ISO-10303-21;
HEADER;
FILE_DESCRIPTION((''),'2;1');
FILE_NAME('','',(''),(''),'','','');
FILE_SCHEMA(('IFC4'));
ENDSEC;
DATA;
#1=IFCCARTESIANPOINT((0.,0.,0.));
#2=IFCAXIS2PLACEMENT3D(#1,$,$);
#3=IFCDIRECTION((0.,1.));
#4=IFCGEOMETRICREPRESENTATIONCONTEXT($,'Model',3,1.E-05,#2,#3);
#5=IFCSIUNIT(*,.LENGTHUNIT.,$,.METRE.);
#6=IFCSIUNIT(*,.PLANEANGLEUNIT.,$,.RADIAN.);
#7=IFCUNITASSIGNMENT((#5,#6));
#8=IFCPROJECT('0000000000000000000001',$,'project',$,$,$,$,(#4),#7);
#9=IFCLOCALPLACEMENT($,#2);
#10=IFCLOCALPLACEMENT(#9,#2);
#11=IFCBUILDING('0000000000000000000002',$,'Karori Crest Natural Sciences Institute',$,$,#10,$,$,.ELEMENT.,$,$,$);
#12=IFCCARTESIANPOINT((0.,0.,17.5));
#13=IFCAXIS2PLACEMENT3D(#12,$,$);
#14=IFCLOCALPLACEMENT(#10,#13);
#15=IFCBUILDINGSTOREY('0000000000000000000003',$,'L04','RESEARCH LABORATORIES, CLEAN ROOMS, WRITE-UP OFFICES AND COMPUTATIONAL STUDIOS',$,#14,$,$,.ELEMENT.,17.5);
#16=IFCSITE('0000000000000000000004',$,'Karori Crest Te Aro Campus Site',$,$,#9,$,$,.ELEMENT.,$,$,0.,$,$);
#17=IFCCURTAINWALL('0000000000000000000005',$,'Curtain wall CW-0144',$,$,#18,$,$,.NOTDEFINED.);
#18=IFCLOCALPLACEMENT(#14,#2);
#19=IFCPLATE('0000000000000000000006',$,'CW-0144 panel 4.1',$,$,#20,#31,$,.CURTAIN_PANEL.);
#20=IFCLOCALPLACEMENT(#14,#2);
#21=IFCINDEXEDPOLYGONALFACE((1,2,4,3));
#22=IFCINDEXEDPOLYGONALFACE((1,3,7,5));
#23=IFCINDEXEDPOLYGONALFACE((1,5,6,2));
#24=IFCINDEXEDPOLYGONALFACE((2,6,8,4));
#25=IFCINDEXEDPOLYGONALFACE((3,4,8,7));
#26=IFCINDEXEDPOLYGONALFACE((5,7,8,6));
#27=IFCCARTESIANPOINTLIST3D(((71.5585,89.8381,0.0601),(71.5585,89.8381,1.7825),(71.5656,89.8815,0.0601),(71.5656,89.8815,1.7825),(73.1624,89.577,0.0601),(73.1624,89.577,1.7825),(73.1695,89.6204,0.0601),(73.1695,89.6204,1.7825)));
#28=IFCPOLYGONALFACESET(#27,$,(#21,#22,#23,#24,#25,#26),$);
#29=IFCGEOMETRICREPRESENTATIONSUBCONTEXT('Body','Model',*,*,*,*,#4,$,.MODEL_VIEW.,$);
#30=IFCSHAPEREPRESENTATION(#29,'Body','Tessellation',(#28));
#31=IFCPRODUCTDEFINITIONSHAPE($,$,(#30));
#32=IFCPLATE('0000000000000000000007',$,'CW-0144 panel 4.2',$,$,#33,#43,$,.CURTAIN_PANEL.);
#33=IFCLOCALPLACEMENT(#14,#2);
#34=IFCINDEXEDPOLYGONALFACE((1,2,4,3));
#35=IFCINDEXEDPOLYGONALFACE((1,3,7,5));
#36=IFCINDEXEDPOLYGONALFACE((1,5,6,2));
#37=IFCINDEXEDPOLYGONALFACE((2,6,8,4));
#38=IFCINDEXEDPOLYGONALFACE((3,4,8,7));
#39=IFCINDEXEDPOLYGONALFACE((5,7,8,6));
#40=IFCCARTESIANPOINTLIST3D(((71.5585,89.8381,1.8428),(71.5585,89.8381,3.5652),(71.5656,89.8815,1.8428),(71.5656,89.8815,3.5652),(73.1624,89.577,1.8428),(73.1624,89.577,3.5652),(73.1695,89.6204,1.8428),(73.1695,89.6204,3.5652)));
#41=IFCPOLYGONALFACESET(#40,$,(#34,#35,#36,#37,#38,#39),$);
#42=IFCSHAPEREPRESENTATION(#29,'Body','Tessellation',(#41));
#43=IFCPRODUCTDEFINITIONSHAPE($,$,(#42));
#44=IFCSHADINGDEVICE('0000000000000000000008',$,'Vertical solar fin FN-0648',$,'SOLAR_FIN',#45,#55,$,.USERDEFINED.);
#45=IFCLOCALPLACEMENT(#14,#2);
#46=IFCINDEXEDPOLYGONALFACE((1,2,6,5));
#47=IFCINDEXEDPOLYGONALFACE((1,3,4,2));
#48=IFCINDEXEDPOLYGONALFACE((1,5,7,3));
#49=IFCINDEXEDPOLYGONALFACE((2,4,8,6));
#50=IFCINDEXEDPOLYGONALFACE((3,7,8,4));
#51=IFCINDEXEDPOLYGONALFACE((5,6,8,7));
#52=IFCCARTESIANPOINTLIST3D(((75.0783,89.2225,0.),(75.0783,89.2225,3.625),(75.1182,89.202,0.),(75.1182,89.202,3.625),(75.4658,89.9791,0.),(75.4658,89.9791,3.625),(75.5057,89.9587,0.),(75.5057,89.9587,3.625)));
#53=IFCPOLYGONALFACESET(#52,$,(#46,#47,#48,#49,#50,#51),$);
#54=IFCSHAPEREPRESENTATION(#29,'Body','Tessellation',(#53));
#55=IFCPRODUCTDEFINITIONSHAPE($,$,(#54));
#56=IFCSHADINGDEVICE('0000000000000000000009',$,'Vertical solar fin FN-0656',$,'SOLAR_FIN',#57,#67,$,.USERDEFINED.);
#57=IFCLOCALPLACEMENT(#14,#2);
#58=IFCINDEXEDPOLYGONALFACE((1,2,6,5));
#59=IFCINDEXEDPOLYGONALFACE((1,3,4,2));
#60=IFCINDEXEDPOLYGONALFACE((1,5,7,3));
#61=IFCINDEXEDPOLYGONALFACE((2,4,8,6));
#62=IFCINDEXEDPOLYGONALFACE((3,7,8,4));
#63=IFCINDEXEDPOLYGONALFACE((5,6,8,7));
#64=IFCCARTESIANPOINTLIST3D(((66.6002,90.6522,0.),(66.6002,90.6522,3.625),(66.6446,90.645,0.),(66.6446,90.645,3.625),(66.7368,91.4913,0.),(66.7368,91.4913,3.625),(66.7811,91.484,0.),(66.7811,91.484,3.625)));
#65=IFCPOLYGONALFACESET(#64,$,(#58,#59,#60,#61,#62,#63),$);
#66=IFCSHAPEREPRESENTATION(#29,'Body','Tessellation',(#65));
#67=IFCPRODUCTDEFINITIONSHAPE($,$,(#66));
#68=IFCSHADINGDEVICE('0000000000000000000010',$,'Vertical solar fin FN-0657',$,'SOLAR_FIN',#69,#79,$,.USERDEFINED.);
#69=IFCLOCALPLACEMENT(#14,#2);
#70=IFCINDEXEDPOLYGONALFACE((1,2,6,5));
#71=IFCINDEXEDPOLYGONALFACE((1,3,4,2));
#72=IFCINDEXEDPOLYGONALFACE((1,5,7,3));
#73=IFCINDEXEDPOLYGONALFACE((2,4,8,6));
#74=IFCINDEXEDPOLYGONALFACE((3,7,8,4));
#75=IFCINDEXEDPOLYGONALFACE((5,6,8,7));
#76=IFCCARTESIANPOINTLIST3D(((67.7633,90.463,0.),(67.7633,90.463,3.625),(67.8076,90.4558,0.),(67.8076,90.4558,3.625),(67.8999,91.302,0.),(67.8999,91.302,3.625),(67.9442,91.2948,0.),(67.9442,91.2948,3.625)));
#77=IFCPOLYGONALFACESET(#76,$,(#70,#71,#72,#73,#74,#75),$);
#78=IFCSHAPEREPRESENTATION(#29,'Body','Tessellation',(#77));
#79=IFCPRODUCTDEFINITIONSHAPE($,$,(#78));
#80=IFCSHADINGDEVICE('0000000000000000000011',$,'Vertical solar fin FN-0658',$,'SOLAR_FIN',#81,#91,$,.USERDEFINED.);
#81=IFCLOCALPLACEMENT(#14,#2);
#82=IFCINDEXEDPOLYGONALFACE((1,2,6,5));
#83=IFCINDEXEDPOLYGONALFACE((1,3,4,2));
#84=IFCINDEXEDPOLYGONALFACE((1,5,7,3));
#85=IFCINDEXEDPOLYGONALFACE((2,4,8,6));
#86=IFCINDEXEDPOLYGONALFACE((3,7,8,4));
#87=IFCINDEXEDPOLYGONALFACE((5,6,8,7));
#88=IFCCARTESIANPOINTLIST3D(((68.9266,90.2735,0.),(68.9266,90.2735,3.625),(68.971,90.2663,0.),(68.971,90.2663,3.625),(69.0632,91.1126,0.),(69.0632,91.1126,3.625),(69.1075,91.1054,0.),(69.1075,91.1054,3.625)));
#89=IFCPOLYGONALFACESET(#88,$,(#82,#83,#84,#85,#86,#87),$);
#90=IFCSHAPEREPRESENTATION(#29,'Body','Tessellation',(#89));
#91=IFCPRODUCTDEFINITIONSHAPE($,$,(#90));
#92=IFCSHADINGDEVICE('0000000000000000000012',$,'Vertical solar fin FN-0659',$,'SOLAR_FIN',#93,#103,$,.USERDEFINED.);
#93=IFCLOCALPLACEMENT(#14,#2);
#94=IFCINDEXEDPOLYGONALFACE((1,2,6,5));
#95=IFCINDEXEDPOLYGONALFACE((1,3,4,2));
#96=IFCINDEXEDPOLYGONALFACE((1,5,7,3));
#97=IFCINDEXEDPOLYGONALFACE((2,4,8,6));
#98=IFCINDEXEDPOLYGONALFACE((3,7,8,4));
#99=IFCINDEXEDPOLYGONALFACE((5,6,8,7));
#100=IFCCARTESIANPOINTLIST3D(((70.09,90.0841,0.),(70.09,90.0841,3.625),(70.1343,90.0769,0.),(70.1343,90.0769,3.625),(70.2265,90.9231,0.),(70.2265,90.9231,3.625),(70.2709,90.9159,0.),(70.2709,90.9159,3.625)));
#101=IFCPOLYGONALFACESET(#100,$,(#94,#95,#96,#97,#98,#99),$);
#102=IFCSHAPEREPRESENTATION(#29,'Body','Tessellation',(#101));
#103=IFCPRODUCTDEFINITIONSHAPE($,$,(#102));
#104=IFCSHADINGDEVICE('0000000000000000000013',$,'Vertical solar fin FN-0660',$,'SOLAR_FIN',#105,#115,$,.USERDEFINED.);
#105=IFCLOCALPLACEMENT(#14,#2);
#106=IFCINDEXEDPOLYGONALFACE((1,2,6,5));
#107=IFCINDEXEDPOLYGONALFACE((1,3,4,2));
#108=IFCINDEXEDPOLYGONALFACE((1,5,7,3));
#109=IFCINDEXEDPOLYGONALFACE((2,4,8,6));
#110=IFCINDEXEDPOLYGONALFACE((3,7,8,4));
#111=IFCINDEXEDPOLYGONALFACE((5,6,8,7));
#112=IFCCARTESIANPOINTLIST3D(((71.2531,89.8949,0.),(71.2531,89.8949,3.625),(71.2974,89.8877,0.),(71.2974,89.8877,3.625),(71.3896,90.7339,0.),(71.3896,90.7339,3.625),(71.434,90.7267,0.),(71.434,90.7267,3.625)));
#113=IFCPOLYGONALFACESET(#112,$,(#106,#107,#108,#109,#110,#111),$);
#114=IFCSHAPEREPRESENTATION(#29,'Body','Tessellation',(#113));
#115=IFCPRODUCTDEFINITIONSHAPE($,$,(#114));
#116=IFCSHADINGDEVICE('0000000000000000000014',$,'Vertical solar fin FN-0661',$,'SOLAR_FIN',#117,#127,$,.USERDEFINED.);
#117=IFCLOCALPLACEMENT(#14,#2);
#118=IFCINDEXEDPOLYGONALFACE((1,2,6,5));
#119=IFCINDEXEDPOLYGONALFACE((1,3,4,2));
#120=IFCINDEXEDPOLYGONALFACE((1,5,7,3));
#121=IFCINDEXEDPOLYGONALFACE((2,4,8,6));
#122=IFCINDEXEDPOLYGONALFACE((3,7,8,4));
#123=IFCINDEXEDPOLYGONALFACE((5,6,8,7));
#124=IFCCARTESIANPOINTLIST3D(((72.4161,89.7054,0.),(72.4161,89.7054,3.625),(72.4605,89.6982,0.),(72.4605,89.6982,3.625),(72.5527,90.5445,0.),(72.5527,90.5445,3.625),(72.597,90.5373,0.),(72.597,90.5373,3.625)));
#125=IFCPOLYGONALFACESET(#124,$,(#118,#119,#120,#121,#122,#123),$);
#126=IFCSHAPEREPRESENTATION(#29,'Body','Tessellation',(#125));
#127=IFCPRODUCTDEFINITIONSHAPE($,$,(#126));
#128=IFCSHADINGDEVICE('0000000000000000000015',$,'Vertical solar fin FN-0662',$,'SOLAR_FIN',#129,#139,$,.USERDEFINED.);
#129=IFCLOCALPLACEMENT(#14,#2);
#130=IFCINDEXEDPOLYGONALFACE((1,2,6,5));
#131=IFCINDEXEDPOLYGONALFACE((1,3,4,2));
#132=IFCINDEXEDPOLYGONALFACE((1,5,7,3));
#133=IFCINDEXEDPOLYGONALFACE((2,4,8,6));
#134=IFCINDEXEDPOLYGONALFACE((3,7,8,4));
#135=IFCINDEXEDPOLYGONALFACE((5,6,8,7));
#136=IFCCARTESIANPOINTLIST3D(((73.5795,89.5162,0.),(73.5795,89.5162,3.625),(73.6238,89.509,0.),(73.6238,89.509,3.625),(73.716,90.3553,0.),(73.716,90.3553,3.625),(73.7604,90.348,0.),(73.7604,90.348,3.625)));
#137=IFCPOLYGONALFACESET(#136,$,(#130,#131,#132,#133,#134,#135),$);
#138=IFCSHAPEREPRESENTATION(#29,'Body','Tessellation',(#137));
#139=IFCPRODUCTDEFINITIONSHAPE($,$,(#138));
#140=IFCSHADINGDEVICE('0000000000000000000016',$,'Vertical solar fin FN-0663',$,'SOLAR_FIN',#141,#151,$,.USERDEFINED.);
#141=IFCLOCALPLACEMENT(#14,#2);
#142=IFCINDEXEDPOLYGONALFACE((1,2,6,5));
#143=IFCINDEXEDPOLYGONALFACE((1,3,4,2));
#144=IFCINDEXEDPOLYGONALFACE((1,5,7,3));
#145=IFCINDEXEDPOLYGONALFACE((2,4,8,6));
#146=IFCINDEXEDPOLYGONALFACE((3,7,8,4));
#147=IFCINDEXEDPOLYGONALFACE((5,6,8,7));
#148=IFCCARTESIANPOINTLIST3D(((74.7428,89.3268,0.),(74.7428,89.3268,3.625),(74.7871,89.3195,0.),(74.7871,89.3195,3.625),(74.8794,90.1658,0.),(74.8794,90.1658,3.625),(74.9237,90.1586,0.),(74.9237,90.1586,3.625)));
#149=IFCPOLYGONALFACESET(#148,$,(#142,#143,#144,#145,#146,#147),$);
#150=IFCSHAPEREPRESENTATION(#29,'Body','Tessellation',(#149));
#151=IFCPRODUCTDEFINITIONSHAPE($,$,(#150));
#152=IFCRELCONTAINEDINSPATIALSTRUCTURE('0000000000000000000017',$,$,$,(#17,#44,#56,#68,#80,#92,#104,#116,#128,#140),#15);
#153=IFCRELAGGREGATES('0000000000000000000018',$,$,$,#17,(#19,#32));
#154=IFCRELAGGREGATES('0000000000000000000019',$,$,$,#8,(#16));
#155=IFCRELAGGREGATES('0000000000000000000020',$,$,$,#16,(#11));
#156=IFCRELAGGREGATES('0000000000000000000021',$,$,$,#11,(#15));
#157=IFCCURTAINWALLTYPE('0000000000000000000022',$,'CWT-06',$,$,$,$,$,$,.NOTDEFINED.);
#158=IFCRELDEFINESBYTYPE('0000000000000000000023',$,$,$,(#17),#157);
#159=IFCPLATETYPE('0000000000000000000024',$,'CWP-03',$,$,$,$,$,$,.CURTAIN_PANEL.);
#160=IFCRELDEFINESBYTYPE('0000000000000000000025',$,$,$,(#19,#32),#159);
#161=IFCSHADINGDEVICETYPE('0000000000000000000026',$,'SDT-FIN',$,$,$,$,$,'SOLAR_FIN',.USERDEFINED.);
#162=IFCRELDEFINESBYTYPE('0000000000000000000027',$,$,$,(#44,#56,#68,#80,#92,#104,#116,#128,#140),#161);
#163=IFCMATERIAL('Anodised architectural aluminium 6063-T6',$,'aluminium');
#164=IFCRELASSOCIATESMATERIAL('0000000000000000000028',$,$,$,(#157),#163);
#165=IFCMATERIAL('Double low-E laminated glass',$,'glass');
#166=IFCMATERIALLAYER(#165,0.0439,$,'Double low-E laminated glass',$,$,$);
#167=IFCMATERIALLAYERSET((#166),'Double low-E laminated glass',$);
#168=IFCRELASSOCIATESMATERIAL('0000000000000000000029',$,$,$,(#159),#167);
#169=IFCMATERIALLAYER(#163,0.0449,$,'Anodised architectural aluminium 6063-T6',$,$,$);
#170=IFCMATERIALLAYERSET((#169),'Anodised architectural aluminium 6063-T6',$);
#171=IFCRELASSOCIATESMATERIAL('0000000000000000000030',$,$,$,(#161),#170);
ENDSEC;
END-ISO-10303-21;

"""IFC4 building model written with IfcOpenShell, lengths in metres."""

from ifc_helpers import new_model, si_unit, direction, frame, origin, origin_2d, place, context, subcontext, project, spatial, rectangle, extrude, material, layer, layer_set, type_object, element, aggregate, save


model = new_model("IFC4")

# Units and contexts
model_context = context("Model", 3, precision=1e-05, world=origin(), true_north=direction((0.0, 1.0)))
body_context = subcontext(model_context, "Body", "Model", "MODEL_VIEW")
ifc_project = project(units=[si_unit("LENGTHUNIT", "METRE"), si_unit("PLANEANGLEUNIT", "RADIAN")], contexts=[model_context])

# Site, building, storey
site_placement = place(None, origin())
site = spatial("IfcSite", under=ifc_project, at=site_placement, Name="Karori Crest Te Aro Campus Site", CompositionType="ELEMENT", RefElevation=0.0)
building_placement = place(site_placement, origin())
building = spatial("IfcBuilding", under=site, at=building_placement, Name="Karori Crest Natural Sciences Institute", CompositionType="ELEMENT")
storey_placement = place(building_placement, frame((0.0, 0.0, 17.5)))
storey = spatial("IfcBuildingStorey", under=building, at=storey_placement, Name="L04", Description="RESEARCH LABORATORIES, CLEAN ROOMS, WRITE-UP OFFICES AND COMPUTATIONAL STUDIOS", CompositionType="ELEMENT", Elevation=17.5)

# Curtain wall, plates
ifc_material_1 = material(Name="Anodised architectural aluminium 6063-T6", Category="aluminium")
curtain_wall_type = type_object("IfcCurtainWallType", Name="CWT-06", PredefinedType="NOTDEFINED", material=ifc_material_1)
curtain_wall_placement = place(storey_placement, origin())
curtain_wall = element("IfcCurtainWall", 1, at=curtain_wall_placement, inside=storey, type_object=curtain_wall_type, Name="Curtain wall CW-0144", PredefinedType="NOTDEFINED")
ifc_material_2 = material(Name="Double low-E laminated glass", Category="glass")
ifc_layer_1 = layer(ifc_material_2, 0.0439, Name="Double low-E laminated glass")
ifc_layer_set_1 = layer_set([ifc_layer_1], Name="Double low-E laminated glass")
plate_type = type_object("IfcPlateType", Name="CWP-03", PredefinedType="CURTAIN_PANEL", material=ifc_layer_set_1)
plate_1_placement = place(storey_placement, frame((72.364, 89.7292, 0.0601), z_axis=(0.0, 0.0, 1.0), x_axis=(0.987011, -0.160655, 0.0)))
plate_1 = element("IfcPlate", 2, at=plate_1_placement, type_object=plate_type, Name="CW-0144 panel 4.1", PredefinedType="CURTAIN_PANEL", context=body_context, shape_type="SweptSolid", body=[
    extrude(rectangle(XDim=1.625, YDim=0.0439, at=origin_2d()), origin(), (0.0, 0.0, 1.0), 1.7224),
])
plate_2_placement = place(storey_placement, frame((72.364, 89.7292, 1.8428), z_axis=(0.0, 0.0, 1.0), x_axis=(0.987011, -0.160655, 0.0)))
plate_2 = element("IfcPlate", 3, at=plate_2_placement, type_object=plate_type, Name="CW-0144 panel 4.2", PredefinedType="CURTAIN_PANEL", context=body_context, shape_type="SweptSolid", body=[
    extrude(rectangle(XDim=1.625, YDim=0.0439, at=origin_2d()), origin(), (0.0, 0.0, 1.0), 1.7224),
])
aggregate(curtain_wall, [plate_1, plate_2])

# Shading devices
ifc_layer_2 = layer(ifc_material_1, 0.0449, Name="Anodised architectural aluminium 6063-T6")
ifc_layer_set_2 = layer_set([ifc_layer_2], Name="Anodised architectural aluminium 6063-T6")
shading_device_type = type_object("IfcShadingDeviceType", Name="SDT-FIN", ElementType="SOLAR_FIN", PredefinedType="USERDEFINED", material=ifc_layer_set_2)
for number, where, z_axis, x_axis, name in (
    (4, (75.292, 89.5906, 0.0), (0.0, 0.0, 1.0), (0.455829, 0.890067, 0.0), "Vertical solar fin FN-0648"),
    (5, (66.6907, 91.0681, 0.0), (0.0, 0.0, 1.0), (0.160655, 0.987011, 0.0), "Vertical solar fin FN-0656"),
    (6, (67.8538, 90.8789, 0.0), (0.0, 0.0, 1.0), (0.160655, 0.987011, 0.0), "Vertical solar fin FN-0657"),
    (7, (69.0171, 90.6895, 0.0), (0.0, 0.0, 1.0), (0.160655, 0.987011, 0.0), "Vertical solar fin FN-0658"),
    (8, (70.1804, 90.5, 0.0), (0.0, 0.0, 1.0), (0.160655, 0.987011, 0.0), "Vertical solar fin FN-0659"),
    (9, (71.3435, 90.3108, 0.0), (0.0, 0.0, 1.0), (0.160655, 0.987011, 0.0), "Vertical solar fin FN-0660"),
    (10, (72.5066, 90.1213, 0.0), (0.0, 0.0, 1.0), (0.160655, 0.987011, 0.0), "Vertical solar fin FN-0661"),
    (11, (73.6699, 89.9321, 0.0), (0.0, 0.0, 1.0), (0.160655, 0.987011, 0.0), "Vertical solar fin FN-0662"),
    (12, (74.8333, 89.7427, 0.0), (0.0, 0.0, 1.0), (0.160655, 0.987011, 0.0), "Vertical solar fin FN-0663"),
):
    element("IfcShadingDevice", number, at=place(storey_placement, frame(where, z_axis=z_axis, x_axis=x_axis)), inside=storey, type_object=shading_device_type, Name=name, ObjectType="SOLAR_FIN", PredefinedType="USERDEFINED", context=body_context, shape_type="SweptSolid", body=[
        extrude(rectangle(XDim=0.8501, YDim=0.0449, at=origin_2d()), origin(), (0.0, 0.0, 1.0), 3.625),
    ])

save(model, "model.ifc")
